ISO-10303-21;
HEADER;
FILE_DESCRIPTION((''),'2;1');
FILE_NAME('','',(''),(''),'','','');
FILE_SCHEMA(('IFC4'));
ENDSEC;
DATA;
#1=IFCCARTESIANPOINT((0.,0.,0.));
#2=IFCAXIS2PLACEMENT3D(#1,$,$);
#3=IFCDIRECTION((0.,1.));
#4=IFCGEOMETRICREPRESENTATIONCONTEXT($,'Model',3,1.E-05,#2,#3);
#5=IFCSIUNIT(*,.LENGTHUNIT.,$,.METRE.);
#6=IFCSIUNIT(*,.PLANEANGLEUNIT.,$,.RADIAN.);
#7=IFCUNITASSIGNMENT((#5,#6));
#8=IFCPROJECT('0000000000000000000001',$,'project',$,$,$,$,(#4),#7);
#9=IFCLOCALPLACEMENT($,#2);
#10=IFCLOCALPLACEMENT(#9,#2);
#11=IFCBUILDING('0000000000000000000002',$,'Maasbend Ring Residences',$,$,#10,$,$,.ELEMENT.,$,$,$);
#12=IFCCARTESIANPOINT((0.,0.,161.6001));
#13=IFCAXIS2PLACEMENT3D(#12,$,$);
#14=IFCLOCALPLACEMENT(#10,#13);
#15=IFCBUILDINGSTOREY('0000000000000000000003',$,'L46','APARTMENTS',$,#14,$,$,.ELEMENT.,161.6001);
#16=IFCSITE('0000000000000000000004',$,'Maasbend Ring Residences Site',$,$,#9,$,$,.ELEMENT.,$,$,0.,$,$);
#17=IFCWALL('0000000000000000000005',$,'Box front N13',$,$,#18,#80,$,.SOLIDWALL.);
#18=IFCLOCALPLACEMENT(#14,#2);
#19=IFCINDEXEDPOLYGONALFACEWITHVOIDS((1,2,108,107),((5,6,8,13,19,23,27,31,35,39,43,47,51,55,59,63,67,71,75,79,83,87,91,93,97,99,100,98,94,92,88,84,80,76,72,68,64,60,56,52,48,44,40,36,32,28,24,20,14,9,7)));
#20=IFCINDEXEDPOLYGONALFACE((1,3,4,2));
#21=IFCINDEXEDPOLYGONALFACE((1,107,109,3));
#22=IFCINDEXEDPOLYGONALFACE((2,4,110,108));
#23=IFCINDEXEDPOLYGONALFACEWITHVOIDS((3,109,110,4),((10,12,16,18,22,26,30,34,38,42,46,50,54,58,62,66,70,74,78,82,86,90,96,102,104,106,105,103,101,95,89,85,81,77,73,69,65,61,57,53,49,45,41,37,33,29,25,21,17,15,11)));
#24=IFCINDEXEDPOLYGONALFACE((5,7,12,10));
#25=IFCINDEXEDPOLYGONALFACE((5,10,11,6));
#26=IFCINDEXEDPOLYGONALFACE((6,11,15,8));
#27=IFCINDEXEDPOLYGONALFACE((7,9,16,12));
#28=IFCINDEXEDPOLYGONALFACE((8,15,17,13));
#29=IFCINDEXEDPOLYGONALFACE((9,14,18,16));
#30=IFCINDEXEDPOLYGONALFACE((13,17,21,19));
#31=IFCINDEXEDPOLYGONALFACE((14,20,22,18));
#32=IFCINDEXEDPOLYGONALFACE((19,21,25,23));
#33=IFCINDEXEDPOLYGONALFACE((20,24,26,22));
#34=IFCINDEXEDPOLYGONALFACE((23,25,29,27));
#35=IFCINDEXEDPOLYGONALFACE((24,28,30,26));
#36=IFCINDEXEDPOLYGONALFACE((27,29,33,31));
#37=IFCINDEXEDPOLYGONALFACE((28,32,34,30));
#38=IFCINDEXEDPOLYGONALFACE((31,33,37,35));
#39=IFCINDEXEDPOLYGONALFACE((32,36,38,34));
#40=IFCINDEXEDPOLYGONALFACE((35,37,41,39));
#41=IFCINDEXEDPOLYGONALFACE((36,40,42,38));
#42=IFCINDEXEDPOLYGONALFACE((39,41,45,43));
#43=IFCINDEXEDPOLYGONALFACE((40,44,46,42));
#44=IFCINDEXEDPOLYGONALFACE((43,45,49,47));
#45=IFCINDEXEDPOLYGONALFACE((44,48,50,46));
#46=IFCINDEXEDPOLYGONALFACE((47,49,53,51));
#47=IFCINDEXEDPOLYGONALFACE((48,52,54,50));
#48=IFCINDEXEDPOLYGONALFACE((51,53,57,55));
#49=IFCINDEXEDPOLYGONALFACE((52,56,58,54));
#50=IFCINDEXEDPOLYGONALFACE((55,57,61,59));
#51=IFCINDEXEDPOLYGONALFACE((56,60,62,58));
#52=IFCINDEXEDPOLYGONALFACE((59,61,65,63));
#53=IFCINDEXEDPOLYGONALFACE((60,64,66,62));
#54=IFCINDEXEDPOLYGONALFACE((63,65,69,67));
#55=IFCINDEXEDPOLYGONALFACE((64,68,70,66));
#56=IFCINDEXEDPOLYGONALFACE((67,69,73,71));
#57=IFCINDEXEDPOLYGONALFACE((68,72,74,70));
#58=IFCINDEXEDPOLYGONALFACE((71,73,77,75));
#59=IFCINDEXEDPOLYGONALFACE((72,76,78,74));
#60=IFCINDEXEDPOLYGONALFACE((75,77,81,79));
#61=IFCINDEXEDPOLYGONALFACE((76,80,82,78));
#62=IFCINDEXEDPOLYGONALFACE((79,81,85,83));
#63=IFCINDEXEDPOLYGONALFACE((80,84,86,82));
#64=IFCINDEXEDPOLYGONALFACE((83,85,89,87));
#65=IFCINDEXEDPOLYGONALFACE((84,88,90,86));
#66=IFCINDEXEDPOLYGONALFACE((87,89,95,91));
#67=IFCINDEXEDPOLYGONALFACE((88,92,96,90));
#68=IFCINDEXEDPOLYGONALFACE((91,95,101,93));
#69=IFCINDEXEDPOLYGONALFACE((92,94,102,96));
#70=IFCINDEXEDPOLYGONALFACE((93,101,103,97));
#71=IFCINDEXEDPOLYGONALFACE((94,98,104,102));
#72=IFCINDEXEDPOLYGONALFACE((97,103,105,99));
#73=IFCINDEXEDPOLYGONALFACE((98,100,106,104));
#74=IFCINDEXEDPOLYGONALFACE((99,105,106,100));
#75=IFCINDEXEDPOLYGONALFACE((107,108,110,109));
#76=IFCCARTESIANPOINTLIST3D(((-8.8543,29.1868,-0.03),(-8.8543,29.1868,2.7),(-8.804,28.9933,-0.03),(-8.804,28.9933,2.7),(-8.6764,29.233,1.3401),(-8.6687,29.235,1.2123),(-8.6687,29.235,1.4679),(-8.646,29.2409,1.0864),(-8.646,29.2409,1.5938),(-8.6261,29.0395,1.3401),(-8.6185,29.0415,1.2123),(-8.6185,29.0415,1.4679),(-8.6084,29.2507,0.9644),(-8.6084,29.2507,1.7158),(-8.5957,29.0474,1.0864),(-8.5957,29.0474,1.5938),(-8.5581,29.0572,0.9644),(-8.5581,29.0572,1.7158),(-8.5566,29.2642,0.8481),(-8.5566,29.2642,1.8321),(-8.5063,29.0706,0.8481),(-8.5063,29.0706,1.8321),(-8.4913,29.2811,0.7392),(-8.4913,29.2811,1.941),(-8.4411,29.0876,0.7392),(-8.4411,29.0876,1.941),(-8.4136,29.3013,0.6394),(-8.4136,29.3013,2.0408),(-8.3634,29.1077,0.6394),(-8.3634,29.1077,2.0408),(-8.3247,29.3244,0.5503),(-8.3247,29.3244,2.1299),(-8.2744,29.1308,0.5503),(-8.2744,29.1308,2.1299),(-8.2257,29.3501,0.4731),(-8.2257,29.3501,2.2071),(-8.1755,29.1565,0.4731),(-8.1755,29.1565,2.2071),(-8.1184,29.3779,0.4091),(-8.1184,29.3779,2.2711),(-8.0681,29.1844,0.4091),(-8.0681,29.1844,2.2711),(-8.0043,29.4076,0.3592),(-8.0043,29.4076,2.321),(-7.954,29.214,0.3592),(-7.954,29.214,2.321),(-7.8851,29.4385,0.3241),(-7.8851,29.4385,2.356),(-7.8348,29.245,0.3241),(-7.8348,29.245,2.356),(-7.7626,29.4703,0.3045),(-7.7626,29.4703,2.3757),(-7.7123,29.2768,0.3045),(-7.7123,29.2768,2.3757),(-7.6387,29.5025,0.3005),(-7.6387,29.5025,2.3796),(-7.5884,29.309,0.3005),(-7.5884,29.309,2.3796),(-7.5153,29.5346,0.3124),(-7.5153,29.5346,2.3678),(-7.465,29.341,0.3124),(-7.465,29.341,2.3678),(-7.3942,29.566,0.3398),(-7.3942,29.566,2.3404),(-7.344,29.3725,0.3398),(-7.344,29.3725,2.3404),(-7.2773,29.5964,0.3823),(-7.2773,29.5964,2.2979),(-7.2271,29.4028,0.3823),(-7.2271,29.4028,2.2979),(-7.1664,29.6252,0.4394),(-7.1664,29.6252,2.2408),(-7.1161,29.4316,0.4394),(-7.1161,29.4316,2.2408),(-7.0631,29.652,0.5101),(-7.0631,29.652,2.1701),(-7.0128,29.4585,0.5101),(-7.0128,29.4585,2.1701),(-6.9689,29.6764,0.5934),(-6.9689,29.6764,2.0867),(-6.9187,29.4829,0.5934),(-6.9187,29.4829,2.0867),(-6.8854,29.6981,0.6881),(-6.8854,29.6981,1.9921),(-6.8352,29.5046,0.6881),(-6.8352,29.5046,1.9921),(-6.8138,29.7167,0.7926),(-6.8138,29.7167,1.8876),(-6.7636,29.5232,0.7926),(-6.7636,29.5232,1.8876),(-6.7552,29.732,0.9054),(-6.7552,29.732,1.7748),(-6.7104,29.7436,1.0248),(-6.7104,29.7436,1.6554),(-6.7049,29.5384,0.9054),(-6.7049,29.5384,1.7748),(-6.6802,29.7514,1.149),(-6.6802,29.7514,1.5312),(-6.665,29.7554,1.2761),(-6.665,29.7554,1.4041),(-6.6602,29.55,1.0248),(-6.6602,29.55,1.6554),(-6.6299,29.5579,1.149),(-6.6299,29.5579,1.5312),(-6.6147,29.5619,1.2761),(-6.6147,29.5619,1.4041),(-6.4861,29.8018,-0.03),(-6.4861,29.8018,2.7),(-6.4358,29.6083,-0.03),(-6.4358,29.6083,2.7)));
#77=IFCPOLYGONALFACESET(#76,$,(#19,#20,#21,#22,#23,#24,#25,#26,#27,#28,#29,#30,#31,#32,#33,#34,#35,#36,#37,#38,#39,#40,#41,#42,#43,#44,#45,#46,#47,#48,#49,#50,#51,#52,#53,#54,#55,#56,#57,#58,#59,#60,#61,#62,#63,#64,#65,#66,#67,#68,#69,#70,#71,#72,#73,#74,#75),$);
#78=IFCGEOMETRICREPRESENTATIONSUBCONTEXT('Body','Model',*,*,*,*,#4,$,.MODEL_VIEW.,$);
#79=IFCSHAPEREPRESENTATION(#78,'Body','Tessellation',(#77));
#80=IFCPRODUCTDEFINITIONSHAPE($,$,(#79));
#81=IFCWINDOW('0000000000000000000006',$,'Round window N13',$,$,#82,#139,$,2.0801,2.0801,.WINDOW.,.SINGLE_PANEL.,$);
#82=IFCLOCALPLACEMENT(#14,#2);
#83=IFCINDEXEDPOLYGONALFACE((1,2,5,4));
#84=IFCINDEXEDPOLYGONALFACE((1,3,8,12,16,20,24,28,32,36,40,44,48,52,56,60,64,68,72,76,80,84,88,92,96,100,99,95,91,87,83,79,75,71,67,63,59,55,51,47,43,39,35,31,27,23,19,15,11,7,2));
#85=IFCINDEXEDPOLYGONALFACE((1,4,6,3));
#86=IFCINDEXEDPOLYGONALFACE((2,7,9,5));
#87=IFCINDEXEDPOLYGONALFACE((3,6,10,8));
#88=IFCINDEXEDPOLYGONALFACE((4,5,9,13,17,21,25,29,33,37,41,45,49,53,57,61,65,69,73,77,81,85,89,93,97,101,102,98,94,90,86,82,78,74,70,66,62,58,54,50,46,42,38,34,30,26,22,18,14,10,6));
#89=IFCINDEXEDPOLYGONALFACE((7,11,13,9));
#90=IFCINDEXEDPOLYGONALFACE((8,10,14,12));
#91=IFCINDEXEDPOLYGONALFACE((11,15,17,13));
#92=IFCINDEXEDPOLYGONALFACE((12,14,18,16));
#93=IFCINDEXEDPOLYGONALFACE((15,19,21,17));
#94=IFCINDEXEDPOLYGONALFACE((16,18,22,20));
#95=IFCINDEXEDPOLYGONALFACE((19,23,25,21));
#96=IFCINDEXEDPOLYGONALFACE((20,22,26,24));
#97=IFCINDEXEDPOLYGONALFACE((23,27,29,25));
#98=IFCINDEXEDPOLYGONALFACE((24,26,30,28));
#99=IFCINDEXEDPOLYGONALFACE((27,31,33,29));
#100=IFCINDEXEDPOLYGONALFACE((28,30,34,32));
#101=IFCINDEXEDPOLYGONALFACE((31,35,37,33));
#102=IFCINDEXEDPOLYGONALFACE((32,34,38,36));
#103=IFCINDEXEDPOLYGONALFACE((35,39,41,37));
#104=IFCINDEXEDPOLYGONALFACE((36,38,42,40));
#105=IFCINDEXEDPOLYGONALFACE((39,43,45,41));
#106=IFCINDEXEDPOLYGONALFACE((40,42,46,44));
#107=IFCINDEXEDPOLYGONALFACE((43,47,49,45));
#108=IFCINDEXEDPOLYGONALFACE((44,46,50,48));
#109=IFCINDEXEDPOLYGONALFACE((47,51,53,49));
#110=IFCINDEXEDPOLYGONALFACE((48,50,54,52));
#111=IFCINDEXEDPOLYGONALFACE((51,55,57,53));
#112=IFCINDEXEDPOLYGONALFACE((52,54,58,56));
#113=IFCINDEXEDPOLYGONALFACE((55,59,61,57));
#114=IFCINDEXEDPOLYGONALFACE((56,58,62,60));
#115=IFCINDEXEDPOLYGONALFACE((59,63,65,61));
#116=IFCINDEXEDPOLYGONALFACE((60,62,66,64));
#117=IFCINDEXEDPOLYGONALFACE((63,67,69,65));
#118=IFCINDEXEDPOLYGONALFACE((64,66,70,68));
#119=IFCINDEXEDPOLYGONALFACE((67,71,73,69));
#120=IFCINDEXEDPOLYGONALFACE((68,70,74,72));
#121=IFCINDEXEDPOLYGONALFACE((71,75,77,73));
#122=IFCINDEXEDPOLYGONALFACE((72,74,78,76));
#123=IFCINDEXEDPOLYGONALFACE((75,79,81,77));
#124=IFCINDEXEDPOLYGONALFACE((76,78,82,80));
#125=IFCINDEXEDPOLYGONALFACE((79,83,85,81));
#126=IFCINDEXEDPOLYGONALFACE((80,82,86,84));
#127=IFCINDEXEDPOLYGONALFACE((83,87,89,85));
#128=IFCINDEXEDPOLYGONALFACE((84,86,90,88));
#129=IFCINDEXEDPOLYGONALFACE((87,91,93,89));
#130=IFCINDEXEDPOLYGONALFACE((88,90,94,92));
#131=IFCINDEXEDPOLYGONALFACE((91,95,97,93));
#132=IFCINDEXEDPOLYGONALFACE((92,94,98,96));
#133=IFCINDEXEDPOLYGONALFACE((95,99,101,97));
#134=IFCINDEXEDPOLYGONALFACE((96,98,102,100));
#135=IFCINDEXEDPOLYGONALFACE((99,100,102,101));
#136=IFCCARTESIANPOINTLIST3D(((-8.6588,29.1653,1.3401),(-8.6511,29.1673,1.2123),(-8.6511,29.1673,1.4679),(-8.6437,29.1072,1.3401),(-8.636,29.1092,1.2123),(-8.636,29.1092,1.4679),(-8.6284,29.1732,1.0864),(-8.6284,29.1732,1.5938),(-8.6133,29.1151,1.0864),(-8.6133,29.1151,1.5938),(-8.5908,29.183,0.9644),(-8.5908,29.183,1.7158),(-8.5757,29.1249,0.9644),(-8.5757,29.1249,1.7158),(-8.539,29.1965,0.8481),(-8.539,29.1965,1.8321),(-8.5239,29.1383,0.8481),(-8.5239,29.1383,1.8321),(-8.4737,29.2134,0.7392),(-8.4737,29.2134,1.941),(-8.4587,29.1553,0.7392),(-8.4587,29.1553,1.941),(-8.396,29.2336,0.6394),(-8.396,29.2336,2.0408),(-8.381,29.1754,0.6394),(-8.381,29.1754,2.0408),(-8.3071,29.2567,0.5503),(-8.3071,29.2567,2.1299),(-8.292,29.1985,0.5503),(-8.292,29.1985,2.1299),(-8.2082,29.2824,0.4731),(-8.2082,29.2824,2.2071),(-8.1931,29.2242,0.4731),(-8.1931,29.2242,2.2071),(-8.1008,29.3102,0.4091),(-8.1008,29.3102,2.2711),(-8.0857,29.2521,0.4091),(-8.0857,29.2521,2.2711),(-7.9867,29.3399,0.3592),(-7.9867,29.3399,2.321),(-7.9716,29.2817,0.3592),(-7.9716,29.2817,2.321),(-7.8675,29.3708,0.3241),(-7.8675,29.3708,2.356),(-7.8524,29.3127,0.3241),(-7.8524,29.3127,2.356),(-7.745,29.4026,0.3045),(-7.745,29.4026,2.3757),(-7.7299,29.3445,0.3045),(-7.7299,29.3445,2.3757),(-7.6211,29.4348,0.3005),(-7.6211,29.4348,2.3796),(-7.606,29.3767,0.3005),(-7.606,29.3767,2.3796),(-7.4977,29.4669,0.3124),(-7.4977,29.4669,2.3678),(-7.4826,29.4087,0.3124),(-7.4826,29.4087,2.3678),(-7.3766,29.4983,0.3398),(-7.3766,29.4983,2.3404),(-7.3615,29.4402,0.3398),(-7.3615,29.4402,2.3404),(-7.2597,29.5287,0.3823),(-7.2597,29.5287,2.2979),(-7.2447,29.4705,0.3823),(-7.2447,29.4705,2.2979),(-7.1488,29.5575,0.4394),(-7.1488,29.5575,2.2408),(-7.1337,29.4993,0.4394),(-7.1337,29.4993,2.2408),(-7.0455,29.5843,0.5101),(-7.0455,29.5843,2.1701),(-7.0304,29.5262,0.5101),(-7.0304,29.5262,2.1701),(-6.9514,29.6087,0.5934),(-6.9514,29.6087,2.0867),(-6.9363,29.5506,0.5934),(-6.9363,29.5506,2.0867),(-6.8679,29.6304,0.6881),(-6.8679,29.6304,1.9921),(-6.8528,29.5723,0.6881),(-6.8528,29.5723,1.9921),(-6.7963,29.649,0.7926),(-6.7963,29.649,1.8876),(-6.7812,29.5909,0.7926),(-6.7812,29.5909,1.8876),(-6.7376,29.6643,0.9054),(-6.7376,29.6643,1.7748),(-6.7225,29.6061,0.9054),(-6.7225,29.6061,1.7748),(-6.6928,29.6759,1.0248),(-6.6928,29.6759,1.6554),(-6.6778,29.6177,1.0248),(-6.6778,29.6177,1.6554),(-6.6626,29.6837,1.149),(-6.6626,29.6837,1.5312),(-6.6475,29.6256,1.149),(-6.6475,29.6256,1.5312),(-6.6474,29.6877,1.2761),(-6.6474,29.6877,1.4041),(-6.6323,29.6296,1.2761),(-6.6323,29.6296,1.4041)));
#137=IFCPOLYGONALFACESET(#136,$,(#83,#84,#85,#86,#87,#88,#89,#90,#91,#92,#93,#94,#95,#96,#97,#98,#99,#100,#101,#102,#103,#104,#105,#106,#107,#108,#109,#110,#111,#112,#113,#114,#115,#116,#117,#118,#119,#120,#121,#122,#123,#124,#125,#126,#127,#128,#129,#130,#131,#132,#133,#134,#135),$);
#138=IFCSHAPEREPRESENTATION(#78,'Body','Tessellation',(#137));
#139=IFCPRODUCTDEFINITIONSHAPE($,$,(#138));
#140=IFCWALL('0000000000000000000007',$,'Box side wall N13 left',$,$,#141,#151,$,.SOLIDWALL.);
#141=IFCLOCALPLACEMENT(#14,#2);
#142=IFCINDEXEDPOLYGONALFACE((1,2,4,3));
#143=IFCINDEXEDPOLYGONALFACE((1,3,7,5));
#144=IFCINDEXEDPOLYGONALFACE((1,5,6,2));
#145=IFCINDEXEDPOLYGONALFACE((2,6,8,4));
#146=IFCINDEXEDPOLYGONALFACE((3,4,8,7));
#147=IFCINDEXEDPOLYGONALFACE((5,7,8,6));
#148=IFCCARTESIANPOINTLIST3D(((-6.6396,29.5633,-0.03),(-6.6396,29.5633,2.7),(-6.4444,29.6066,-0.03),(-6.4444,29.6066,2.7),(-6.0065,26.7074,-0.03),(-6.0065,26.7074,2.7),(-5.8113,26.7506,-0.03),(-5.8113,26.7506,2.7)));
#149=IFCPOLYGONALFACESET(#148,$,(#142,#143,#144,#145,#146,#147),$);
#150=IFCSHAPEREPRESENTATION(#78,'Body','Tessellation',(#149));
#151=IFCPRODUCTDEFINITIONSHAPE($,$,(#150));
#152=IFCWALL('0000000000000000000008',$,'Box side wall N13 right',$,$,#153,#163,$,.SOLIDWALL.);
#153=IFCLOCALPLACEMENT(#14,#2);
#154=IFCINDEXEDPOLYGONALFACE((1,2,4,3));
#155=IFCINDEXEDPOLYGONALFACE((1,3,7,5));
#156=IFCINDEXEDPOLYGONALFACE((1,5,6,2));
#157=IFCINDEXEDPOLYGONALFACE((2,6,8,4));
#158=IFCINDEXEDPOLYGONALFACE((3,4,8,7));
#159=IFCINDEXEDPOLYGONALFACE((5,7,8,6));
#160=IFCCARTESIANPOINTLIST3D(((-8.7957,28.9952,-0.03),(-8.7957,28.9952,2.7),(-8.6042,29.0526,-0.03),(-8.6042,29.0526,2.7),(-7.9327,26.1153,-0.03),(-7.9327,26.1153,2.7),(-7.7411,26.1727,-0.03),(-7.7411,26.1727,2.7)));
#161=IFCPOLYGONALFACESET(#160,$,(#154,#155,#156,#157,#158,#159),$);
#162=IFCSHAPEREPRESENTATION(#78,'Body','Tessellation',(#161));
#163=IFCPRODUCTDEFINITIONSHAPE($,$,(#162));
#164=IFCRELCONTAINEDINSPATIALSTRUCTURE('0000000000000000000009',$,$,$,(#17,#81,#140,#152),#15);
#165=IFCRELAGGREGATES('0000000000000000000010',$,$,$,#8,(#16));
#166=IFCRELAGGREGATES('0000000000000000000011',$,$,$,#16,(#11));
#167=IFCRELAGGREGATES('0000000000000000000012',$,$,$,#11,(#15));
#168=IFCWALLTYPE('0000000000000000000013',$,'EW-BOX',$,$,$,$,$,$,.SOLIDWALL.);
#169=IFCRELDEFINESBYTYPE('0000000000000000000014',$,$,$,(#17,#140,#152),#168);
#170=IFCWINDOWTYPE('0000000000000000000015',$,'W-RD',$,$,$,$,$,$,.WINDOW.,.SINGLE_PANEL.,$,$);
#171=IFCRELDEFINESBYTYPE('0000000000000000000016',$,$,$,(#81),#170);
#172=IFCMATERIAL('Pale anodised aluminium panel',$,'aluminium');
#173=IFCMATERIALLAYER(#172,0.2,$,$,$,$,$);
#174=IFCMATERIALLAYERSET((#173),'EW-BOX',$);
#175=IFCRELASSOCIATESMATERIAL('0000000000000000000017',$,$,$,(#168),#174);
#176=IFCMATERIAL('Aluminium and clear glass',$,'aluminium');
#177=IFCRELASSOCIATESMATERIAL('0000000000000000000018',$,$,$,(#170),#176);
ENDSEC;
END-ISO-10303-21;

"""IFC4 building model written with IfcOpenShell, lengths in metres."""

from ifc_helpers import new_model, si_unit, direction, frame, frame_2d, origin, place, context, subcontext, project, spatial, rectangle, circle, extrude, material, layer, layer_set, type_object, element, fill, save


model = new_model("IFC4")

# Units and contexts
model_context = context("Model", 3, precision=1e-05, world=origin(), true_north=direction((0.0, 1.0)))
body_context = subcontext(model_context, "Body", "Model", "MODEL_VIEW")
ifc_project = project(units=[si_unit("LENGTHUNIT", "METRE"), si_unit("PLANEANGLEUNIT", "RADIAN")], contexts=[model_context])

# Site, building, storey
site_placement = place(None, origin())
site = spatial("IfcSite", under=ifc_project, at=site_placement, Name="Maasbend Ring Residences Site", CompositionType="ELEMENT", RefElevation=0.0)
building_placement = place(site_placement, origin())
building = spatial("IfcBuilding", under=site, at=building_placement, Name="Maasbend Ring Residences", CompositionType="ELEMENT")
storey_placement = place(building_placement, frame((0.0, 0.0, 161.6001)))
storey = spatial("IfcBuildingStorey", under=building, at=storey_placement, Name="L46", Description="APARTMENTS", CompositionType="ELEMENT", Elevation=161.6001)

# Shared definitions
ifc_material_1 = material(Name="Pale anodised aluminium panel", Category="aluminium")
ifc_layer_1 = layer(ifc_material_1, 0.2)
ifc_layer_set_1 = layer_set([ifc_layer_1], Name="EW-BOX")
wall_type_1 = type_object("IfcWallType", Name="EW-BOX", PredefinedType="SOLIDWALL", material=ifc_layer_set_1)

# Wall, opening, window
wall_1_placement = place(storey_placement, frame((-6.4609, 29.7051, -0.03), z_axis=(0.0, 0.0, 1.0), x_axis=(-0.967895, -0.251353, 0.0)))
wall_1 = element("IfcWall", 1, at=wall_1_placement, inside=storey, type_object=wall_type_1, Name="Box front N13", PredefinedType="SOLIDWALL", context=body_context, shape_type="SweptSolid", body=[
    extrude(rectangle(XDim=2.4468, YDim=0.2, at=frame_2d((1.2234, 0.0))), origin(), (0.0, 0.0, 1.0), 2.73),
])
opening_1_placement = place(wall_1_placement, frame((0.1829, 0.0, 0.3301)))
opening_1 = element("IfcOpeningElement", 2, at=opening_1_placement, cuts=wall_1, PredefinedType="OPENING", context=body_context, shape_type="SweptSolid", body=[
    extrude(circle(Radius=1.04, at=frame_2d((1.04, 1.04))), frame((0.0, 0.1099, 0.0), z_axis=(0.0, -1.0, 0.0), x_axis=(1.0, 0.0, 0.0)), (0.0, 0.0, 1.0), 0.22),
])
ifc_material_2 = material(Name="Aluminium and clear glass", Category="aluminium")
window_type_1 = type_object("IfcWindowType", Name="W-RD", PartitioningType="SINGLE_PANEL", PredefinedType="WINDOW", material=ifc_material_2)
window_1_placement = place(opening_1_placement, origin())
window_1 = element("IfcWindow", 3, at=window_1_placement, inside=storey, type_object=window_type_1, Name="Round window N13", OverallHeight=2.0801, OverallWidth=2.0801, PartitioningType="SINGLE_PANEL", PredefinedType="WINDOW", context=body_context, shape_type="SweptSolid", body=[
    extrude(circle(Radius=1.04, at=frame_2d((1.04, 1.04))), frame((0.0, 0.03, 0.0), z_axis=(0.0, -1.0, 0.0), x_axis=(1.0, 0.0, 0.0)), (0.0, 0.0, 1.0), 0.0601),
])
fill(opening_1, window_1)

# Walls
wall_2_placement = place(storey_placement, frame((-5.9089, 26.729, -0.03), z_axis=(0.0, 0.0, 1.0), x_axis=(-0.216409, 0.976303, 0.0)))
element("IfcWall", 4, at=wall_2_placement, inside=storey, type_object=wall_type_1, Name="Box side wall N13 left", PredefinedType="SOLIDWALL", context=body_context, shape_type="SweptSolid", body=[
    extrude(rectangle(XDim=2.9253, YDim=0.2, at=frame_2d((1.4626, 0.0))), origin(), (0.0, 0.0, 1.0), 2.73),
])
wall_3_placement = place(storey_placement, frame((-7.8369, 26.144, -0.03), z_axis=(0.0, 0.0, 1.0), x_axis=(-0.287065, 0.957911, 0.0)))
element("IfcWall", 5, at=wall_3_placement, inside=storey, type_object=wall_type_1, Name="Box side wall N13 right", PredefinedType="SOLIDWALL", context=body_context, shape_type="SweptSolid", body=[
    extrude(rectangle(XDim=3.0063, YDim=0.2, at=frame_2d((1.5032, 0.0))), origin(), (0.0, 0.0, 1.0), 2.73),
])

save(model, "model.ifc")
